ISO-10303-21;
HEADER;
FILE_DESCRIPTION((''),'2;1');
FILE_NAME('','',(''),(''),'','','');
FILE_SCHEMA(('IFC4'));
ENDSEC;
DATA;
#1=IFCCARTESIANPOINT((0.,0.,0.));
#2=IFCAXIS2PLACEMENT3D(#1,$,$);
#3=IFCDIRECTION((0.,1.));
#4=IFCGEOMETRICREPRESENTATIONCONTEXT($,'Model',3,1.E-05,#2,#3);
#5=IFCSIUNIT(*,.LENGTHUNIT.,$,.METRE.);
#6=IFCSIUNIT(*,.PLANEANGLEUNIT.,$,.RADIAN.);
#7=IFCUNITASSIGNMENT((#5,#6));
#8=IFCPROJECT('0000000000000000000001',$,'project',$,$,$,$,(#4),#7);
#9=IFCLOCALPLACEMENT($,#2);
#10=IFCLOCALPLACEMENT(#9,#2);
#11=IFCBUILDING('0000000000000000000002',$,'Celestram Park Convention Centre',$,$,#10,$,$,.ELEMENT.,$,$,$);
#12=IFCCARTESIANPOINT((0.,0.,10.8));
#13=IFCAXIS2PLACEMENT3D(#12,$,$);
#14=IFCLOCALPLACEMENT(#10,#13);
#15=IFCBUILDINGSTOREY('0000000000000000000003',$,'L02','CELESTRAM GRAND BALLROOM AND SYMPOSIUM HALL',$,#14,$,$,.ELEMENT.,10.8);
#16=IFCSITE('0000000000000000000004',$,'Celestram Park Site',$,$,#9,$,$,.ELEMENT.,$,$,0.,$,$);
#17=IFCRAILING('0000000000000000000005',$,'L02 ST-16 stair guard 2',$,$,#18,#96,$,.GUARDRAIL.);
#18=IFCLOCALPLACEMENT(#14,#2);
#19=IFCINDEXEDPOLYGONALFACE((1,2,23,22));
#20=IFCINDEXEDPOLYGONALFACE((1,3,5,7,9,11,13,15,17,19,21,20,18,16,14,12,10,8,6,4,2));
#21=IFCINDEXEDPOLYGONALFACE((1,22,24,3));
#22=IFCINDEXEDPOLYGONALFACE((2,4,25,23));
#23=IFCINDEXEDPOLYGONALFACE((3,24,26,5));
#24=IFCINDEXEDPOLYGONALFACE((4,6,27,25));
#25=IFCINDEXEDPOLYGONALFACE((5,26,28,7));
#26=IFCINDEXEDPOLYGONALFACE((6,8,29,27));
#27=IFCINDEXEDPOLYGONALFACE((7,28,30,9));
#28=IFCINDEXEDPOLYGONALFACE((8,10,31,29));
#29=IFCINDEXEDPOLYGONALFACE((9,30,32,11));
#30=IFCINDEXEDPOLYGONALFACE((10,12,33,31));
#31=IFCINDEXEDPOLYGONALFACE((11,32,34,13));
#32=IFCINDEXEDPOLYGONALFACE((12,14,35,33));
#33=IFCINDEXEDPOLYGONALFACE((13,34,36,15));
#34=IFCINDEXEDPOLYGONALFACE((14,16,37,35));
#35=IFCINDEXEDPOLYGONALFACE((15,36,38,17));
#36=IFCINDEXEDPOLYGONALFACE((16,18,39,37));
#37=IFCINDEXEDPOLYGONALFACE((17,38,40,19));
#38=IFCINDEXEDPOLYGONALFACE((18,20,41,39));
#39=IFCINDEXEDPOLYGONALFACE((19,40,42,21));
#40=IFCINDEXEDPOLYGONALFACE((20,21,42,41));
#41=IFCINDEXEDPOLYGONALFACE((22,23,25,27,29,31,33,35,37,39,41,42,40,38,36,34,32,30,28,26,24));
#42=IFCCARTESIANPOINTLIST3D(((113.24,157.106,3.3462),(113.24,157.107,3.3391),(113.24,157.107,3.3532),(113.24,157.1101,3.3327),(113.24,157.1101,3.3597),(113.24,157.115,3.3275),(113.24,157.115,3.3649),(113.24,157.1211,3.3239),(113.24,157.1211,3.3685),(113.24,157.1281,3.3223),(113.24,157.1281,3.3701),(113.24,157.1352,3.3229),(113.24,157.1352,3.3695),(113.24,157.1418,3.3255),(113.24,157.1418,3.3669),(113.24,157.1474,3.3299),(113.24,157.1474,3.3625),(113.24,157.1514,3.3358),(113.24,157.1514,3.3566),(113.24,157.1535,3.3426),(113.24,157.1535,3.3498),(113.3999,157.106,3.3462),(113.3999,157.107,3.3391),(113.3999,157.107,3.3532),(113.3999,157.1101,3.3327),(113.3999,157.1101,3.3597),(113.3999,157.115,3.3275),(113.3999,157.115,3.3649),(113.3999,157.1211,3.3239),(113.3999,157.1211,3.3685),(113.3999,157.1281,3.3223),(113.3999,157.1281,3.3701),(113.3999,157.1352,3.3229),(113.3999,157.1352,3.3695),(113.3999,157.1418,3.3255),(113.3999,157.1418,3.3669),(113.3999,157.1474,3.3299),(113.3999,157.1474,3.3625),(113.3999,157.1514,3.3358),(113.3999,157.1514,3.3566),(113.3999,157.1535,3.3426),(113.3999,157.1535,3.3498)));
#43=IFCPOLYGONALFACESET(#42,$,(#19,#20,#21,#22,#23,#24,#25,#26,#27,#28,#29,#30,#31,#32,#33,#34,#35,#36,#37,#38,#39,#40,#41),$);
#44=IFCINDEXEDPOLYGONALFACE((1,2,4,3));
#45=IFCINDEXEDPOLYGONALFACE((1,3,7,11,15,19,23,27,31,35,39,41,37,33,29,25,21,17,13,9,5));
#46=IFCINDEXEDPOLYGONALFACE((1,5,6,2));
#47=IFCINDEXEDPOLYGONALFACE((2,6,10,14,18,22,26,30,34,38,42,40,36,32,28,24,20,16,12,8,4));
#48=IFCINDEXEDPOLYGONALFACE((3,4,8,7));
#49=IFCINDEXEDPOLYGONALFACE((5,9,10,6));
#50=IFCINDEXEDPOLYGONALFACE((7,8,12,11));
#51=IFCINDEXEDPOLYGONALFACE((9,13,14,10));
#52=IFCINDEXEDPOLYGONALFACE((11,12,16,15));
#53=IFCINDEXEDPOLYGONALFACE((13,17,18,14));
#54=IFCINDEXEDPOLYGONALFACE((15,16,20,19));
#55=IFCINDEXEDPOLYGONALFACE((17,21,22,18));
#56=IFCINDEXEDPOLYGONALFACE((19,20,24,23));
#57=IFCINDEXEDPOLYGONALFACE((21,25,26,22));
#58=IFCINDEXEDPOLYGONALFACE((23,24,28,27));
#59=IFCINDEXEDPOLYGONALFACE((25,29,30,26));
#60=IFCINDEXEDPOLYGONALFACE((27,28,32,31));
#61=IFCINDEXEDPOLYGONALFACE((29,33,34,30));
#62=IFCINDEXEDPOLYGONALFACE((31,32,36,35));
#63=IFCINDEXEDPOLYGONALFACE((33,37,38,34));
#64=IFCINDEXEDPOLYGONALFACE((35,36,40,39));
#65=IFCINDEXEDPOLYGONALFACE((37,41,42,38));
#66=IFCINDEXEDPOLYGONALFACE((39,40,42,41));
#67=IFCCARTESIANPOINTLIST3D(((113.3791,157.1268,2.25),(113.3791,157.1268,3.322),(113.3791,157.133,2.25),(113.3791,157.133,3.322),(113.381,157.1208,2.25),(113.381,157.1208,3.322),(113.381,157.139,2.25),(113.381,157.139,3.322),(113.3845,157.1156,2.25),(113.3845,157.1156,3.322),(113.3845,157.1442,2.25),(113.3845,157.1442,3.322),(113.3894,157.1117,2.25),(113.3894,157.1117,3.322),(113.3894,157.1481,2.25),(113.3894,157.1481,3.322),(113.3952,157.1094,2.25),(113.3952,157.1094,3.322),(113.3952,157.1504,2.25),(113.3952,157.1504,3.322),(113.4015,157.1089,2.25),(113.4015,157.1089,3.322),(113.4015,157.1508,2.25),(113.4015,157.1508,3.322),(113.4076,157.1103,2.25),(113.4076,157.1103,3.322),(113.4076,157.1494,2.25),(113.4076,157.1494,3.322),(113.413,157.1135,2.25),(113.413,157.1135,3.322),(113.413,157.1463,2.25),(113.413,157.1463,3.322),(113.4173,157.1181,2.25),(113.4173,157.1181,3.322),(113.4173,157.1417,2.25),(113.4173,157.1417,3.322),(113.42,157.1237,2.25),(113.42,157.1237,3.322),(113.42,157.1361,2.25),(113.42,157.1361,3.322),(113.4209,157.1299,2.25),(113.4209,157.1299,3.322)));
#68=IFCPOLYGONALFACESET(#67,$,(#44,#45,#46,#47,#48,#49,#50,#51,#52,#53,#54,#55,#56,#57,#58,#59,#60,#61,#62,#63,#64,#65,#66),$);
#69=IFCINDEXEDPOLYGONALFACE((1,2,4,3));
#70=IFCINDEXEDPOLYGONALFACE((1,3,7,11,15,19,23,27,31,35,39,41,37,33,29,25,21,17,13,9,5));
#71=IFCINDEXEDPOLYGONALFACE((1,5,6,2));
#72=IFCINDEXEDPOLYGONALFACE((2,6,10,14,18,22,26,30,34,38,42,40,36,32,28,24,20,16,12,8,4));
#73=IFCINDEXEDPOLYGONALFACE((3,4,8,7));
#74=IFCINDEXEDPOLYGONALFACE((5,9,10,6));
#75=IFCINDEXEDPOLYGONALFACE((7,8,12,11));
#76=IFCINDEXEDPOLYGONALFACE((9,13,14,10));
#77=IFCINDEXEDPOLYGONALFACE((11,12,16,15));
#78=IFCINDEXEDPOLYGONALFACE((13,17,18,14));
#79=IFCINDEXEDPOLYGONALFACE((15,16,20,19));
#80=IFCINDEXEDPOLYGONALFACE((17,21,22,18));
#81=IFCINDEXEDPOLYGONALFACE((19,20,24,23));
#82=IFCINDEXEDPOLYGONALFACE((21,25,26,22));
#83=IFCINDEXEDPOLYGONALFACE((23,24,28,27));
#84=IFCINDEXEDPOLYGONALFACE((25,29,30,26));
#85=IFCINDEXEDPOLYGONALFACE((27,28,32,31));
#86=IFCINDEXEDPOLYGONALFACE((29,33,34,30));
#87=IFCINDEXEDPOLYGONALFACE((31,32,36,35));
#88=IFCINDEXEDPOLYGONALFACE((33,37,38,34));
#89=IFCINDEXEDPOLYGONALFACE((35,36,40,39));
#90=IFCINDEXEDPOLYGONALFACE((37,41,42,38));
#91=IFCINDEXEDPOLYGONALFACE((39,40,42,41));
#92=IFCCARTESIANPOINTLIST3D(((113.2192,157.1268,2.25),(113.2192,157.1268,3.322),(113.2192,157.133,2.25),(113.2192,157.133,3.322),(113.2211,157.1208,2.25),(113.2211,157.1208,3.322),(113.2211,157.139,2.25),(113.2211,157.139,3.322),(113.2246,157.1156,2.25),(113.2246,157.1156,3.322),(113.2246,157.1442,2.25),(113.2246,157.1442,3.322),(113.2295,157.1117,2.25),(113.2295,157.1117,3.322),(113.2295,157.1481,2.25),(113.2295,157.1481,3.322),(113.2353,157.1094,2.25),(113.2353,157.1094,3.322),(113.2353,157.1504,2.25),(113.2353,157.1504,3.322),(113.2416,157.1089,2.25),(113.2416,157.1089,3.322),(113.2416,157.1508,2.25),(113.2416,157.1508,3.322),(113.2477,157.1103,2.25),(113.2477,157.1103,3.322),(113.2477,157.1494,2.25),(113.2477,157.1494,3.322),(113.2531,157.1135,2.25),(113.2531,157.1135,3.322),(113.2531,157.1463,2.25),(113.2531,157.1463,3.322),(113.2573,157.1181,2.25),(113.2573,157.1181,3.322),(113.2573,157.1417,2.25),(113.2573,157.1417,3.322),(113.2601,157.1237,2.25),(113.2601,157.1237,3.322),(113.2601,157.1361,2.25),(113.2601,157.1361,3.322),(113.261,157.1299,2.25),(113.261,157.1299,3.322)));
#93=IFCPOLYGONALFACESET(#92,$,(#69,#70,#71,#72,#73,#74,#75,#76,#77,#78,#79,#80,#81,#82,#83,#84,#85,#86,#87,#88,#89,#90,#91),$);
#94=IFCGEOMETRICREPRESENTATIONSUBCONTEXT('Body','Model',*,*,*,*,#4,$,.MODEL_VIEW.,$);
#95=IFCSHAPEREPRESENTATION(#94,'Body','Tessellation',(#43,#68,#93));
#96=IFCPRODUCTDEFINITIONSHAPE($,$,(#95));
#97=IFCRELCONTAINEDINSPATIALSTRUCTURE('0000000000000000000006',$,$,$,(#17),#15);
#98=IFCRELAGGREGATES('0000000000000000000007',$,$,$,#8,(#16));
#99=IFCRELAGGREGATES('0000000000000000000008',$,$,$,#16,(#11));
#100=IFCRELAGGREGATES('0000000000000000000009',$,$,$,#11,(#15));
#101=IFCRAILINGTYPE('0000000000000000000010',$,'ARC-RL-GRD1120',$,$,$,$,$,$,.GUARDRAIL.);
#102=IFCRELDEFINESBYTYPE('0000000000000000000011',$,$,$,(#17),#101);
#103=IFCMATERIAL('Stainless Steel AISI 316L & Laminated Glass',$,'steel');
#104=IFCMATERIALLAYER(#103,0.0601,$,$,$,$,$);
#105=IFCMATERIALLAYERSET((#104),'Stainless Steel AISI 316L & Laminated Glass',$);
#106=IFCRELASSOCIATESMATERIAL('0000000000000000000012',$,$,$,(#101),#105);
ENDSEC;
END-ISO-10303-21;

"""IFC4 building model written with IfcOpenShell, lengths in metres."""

from ifc_helpers import new_model, si_unit, direction, frame, origin, origin_2d, place, context, subcontext, project, spatial, circle, extrude, material, layer, layer_set, type_object, element, save


model = new_model("IFC4")

# Units and contexts
model_context = context("Model", 3, precision=1e-05, world=origin(), true_north=direction((0.0, 1.0)))
body_context = subcontext(model_context, "Body", "Model", "MODEL_VIEW")
ifc_project = project(units=[si_unit("LENGTHUNIT", "METRE"), si_unit("PLANEANGLEUNIT", "RADIAN")], contexts=[model_context])

# Site, building, storey
site_placement = place(None, origin())
site = spatial("IfcSite", under=ifc_project, at=site_placement, Name="Celestram Park Site", CompositionType="ELEMENT", RefElevation=0.0)
building_placement = place(site_placement, origin())
building = spatial("IfcBuilding", under=site, at=building_placement, Name="Celestram Park Convention Centre", CompositionType="ELEMENT")
storey_placement = place(building_placement, frame((0.0, 0.0, 10.8)))
storey = spatial("IfcBuildingStorey", under=building, at=storey_placement, Name="L02", Description="CELESTRAM GRAND BALLROOM AND SYMPOSIUM HALL", CompositionType="ELEMENT", Elevation=10.8)

# Railing
ifc_material_1 = material(Name="Stainless Steel AISI 316L & Laminated Glass", Category="steel")
ifc_layer_1 = layer(ifc_material_1, 0.0601)
ifc_layer_set_1 = layer_set([ifc_layer_1], Name="Stainless Steel AISI 316L & Laminated Glass")
railing_type_1 = type_object("IfcRailingType", Name="ARC-RL-GRD1120", PredefinedType="GUARDRAIL", material=ifc_layer_set_1)
railing_1_placement = place(storey_placement, frame((113.3999, 157.1299, 2.25)))
element("IfcRailing", 1, at=railing_1_placement, inside=storey, type_object=railing_type_1, Name="L02 ST-16 stair guard 2", PredefinedType="GUARDRAIL", context=body_context, shape_type="SweptSolid", body=[
    extrude(circle(Radius=0.0239, at=origin_2d()), frame((0.0, 0.0, 1.0962), z_axis=(-1.0, 0.0, 0.0), x_axis=(0.0, -1.0, 0.0)), (0.0, 0.0, 1.0), 0.1599),
    extrude(circle(Radius=0.021, at=origin_2d()), origin(), (0.0, 0.0, 1.0), 1.072),
    extrude(circle(Radius=0.021, at=origin_2d()), frame((-0.1599, 0.0, 0.0)), (0.0, 0.0, 1.0), 1.072),
])

save(model, "model.ifc")
